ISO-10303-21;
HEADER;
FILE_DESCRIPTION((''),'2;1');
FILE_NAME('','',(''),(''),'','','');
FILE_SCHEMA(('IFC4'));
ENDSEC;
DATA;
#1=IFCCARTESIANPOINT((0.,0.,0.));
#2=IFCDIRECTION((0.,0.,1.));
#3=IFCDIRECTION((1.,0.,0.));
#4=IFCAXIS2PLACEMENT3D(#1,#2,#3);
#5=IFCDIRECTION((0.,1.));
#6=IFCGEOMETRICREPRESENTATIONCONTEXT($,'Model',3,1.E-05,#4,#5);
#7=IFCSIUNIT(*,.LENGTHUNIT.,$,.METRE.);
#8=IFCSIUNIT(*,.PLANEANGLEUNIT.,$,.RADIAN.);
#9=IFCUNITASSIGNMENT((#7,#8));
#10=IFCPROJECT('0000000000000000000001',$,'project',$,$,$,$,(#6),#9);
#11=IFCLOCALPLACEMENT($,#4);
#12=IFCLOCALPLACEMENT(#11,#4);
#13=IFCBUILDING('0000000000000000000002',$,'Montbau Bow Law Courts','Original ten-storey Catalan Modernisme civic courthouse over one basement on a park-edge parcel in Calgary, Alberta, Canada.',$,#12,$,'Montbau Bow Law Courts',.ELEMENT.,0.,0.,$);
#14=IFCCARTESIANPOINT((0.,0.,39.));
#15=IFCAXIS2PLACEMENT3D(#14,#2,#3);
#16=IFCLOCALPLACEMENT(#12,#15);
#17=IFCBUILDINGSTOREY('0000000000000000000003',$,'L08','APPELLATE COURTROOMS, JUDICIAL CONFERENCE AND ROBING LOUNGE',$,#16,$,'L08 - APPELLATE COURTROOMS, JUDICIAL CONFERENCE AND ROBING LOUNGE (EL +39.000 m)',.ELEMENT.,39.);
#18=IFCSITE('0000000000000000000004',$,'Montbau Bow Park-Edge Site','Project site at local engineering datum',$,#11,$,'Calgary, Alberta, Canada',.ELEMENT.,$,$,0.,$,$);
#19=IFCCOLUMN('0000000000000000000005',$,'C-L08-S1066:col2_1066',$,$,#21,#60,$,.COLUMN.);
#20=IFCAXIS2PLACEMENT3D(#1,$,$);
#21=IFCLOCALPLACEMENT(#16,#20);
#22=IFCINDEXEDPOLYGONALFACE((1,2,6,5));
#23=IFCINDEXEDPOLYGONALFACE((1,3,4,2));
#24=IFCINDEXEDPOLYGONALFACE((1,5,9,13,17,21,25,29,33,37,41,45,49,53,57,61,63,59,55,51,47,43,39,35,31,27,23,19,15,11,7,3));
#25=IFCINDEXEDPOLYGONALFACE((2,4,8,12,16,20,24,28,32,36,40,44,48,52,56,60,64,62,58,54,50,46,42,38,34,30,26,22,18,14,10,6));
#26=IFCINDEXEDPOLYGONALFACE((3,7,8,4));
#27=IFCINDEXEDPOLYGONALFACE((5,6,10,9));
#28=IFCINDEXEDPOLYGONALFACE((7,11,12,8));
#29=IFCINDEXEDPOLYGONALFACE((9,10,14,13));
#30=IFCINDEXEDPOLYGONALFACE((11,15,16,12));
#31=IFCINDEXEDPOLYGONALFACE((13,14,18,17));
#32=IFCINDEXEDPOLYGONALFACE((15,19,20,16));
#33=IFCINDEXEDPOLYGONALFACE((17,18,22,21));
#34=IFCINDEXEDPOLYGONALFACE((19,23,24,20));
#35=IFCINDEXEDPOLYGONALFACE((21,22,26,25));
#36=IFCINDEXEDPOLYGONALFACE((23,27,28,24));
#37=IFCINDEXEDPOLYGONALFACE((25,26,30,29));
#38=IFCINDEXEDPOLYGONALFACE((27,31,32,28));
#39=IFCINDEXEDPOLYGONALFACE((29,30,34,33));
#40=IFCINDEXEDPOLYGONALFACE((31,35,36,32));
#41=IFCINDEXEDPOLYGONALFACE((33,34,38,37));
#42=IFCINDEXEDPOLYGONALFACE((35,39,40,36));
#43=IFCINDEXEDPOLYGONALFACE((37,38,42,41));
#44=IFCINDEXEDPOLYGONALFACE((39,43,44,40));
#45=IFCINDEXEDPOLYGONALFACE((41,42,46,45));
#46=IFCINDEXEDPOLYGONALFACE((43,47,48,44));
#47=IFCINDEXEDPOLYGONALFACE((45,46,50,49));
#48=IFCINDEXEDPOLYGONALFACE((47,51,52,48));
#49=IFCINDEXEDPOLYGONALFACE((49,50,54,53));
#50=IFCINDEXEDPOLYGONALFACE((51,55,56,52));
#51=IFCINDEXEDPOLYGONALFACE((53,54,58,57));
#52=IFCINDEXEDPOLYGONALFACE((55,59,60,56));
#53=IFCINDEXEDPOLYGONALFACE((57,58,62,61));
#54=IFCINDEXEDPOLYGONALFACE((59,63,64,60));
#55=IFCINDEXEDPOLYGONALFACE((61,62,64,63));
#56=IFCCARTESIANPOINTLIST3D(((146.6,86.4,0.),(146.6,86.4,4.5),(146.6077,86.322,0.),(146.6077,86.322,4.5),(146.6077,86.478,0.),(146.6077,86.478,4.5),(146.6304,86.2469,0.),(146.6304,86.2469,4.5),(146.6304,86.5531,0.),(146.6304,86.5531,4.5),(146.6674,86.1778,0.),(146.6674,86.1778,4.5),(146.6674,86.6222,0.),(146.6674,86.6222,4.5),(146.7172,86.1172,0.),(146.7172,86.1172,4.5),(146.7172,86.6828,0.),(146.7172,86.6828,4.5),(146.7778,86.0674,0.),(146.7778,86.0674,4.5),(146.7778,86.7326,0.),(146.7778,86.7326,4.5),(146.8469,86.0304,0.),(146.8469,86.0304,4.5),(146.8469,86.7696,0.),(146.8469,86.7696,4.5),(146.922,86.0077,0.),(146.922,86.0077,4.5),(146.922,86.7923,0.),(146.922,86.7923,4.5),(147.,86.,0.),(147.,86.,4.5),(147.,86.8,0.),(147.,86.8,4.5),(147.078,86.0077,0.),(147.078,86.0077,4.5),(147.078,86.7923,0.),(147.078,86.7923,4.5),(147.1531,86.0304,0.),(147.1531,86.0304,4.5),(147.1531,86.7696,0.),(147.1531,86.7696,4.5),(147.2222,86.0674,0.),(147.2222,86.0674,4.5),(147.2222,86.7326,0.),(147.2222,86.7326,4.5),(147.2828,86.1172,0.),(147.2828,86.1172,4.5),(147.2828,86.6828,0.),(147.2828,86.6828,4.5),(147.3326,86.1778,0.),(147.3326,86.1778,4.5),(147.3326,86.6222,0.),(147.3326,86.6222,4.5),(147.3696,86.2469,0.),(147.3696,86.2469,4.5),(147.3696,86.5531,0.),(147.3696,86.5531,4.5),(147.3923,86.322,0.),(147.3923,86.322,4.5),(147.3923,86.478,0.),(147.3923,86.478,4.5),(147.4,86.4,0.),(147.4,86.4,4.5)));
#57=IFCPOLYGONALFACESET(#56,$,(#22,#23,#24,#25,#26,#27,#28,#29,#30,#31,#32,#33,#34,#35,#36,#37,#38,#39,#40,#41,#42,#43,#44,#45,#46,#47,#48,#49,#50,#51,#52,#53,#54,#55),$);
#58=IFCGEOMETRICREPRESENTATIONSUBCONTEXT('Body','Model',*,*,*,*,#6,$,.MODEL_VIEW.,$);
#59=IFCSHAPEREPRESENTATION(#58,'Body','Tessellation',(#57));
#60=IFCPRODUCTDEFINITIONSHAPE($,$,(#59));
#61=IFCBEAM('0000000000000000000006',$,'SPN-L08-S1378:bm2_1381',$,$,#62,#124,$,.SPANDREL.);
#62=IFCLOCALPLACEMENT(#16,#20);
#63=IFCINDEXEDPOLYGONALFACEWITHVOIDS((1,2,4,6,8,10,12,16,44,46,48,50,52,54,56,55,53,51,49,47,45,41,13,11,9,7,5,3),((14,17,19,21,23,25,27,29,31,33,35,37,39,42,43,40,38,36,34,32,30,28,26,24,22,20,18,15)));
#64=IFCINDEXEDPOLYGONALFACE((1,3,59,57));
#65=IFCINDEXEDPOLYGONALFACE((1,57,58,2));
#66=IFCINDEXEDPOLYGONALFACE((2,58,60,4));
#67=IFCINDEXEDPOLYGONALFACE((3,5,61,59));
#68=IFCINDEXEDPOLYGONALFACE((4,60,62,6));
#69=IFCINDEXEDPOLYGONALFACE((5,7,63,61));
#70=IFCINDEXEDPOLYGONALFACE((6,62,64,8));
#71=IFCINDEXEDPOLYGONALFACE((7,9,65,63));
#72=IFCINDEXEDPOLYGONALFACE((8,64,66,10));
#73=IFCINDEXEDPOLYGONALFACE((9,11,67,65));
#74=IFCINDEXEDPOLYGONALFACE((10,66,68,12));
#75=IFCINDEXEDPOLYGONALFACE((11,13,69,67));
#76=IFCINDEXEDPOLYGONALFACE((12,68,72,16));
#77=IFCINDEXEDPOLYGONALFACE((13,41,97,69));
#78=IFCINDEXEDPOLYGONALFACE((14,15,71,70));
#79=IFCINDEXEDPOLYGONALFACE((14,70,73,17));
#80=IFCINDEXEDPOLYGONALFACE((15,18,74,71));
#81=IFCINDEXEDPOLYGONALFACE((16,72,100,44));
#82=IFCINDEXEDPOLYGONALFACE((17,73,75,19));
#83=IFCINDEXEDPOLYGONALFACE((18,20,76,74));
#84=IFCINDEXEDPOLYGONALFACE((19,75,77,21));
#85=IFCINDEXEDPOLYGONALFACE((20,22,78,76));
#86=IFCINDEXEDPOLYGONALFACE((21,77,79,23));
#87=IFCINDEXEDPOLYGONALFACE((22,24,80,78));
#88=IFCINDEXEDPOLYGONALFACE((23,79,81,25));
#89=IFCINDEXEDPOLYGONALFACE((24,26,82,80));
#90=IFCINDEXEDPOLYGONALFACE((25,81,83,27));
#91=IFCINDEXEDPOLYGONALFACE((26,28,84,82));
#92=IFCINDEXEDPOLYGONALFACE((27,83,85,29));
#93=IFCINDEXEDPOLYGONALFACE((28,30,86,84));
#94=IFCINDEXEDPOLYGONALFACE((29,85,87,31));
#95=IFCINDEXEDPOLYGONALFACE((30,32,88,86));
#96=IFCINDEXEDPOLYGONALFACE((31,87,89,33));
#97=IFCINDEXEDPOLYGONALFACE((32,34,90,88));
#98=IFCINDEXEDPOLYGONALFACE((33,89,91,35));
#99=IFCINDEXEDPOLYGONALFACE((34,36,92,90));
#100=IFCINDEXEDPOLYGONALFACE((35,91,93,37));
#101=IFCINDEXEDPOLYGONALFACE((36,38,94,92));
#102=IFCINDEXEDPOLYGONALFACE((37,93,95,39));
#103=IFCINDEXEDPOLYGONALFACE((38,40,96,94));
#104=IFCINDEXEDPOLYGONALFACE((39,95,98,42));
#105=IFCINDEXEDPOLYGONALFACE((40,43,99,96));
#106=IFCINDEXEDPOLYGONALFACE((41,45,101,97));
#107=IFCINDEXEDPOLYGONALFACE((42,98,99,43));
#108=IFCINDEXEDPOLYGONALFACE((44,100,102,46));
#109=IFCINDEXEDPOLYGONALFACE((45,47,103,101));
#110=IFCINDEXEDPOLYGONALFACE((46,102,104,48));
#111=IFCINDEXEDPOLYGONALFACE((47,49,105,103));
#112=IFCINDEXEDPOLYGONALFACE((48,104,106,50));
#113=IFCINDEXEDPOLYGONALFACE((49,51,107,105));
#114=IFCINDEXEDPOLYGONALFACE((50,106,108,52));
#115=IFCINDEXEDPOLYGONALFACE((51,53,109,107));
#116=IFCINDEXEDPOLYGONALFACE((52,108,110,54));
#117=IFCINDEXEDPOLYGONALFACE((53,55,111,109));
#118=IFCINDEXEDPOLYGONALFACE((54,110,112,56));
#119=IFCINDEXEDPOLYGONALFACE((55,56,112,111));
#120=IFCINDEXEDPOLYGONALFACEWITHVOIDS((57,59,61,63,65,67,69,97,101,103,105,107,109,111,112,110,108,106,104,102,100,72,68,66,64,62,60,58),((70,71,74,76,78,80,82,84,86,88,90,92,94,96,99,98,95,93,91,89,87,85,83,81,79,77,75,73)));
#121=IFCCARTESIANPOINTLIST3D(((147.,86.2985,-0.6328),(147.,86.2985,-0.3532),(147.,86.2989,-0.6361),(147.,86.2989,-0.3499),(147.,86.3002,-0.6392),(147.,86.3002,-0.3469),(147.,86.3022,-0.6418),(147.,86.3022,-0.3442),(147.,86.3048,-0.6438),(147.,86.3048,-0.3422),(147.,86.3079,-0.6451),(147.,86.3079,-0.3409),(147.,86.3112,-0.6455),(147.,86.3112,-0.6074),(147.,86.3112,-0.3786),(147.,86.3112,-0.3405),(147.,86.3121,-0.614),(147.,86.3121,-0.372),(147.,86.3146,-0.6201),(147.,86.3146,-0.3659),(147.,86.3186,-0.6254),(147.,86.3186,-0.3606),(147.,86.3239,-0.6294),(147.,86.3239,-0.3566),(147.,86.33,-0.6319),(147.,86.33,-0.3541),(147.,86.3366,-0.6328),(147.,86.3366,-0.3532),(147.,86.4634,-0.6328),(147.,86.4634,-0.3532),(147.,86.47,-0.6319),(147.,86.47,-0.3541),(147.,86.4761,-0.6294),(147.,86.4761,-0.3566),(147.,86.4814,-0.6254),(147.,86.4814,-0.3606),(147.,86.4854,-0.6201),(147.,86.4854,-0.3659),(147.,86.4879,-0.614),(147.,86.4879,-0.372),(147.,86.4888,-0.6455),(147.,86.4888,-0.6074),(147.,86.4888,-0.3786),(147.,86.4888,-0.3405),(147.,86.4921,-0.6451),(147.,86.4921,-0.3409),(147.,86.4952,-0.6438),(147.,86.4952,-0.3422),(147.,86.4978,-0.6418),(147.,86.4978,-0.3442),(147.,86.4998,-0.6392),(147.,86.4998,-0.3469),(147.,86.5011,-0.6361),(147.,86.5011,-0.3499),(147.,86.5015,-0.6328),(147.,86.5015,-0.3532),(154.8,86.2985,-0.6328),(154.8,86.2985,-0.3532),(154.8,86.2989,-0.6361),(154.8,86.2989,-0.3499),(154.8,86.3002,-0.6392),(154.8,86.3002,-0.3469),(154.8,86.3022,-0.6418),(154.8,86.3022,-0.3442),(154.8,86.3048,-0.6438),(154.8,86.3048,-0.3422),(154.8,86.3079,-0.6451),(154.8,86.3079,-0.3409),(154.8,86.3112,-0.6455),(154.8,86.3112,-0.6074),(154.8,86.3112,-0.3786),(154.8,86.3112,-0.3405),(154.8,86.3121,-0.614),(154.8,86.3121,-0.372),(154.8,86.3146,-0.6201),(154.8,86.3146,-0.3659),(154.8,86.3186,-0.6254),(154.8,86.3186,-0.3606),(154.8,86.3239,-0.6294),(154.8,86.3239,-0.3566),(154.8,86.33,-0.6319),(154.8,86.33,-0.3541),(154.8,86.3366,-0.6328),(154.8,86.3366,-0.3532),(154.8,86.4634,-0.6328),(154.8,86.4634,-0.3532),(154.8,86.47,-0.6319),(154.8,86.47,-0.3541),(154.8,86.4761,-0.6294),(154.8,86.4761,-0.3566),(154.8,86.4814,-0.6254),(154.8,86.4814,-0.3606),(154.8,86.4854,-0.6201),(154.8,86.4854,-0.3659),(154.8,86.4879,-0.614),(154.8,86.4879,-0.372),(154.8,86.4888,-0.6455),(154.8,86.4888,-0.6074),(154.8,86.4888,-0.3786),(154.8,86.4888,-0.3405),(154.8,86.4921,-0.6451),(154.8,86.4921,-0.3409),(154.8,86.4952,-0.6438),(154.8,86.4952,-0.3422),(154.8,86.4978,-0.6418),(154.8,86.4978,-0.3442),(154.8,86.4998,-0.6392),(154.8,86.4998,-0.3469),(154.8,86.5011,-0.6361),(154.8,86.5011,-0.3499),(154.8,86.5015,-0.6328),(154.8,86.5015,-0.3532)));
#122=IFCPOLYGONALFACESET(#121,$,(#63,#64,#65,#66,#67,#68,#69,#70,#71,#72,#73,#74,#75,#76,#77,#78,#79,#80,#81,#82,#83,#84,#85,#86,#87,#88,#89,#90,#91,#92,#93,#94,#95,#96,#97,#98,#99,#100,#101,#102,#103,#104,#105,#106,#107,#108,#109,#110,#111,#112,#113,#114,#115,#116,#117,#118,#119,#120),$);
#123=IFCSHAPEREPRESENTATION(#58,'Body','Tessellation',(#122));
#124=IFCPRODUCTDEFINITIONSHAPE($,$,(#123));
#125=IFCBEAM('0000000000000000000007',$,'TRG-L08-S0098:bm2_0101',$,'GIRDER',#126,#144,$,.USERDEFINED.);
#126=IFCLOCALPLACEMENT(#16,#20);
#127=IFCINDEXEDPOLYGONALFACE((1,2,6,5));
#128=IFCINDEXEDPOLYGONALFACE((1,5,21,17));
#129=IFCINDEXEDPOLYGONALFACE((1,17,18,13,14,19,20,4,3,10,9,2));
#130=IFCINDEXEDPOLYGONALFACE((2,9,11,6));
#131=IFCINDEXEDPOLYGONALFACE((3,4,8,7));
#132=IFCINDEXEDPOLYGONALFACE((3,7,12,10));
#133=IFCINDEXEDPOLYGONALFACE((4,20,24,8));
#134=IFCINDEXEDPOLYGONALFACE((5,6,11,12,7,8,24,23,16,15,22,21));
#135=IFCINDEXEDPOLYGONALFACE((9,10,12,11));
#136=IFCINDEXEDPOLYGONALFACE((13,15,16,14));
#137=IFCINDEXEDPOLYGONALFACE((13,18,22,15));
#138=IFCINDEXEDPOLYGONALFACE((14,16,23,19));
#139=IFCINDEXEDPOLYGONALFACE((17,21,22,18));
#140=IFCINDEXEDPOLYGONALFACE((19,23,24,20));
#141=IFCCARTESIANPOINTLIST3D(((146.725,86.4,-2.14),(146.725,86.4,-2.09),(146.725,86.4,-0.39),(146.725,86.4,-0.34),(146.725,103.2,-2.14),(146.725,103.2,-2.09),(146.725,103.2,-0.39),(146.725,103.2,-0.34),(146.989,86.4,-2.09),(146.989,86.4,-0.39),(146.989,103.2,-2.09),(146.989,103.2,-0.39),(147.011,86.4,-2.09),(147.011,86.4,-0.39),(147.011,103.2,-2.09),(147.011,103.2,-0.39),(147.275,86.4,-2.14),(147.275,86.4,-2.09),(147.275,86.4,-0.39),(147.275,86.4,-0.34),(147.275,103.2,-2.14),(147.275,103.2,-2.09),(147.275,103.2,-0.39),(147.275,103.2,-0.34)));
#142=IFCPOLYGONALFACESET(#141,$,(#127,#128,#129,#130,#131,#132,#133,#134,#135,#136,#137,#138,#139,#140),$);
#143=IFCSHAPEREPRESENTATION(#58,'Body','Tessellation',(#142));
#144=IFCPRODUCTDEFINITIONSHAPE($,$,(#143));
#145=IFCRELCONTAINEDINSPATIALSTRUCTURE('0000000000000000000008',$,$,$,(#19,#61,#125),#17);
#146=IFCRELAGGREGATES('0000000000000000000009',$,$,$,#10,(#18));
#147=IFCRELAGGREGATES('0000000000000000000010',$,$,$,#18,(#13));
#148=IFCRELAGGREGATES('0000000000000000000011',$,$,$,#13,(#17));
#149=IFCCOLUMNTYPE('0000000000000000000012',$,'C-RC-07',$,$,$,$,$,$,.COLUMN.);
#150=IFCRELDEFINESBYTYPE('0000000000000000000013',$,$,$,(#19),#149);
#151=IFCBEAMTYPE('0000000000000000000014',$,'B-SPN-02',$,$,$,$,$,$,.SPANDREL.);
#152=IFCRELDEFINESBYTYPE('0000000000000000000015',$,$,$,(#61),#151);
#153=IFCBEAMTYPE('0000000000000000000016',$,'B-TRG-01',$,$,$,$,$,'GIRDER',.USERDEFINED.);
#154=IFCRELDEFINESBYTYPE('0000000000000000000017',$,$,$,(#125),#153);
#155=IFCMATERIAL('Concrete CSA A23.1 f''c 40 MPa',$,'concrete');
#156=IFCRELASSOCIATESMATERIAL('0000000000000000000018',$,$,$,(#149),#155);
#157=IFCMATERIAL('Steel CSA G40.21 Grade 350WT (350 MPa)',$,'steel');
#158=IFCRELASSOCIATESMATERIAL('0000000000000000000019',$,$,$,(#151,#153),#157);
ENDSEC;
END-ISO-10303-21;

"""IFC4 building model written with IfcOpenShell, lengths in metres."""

from ifc_helpers import new_model, si_unit, direction, frame, origin_with_axes, origin_2d_with_axis, place, context, subcontext, project, spatial, hollow_rectangle, circle, i_section, extrude, material, material_profile, profile_set, type_object, element, save


model = new_model("IFC4")

# Units and contexts
model_context = context("Model", 3, precision=1e-05, world=origin_with_axes(), true_north=direction((0.0, 1.0)))
body_context = subcontext(model_context, "Body", "Model", "MODEL_VIEW")
ifc_project = project(units=[si_unit("LENGTHUNIT", "METRE"), si_unit("PLANEANGLEUNIT", "RADIAN")], contexts=[model_context])

# Site, building, storey
site_placement = place(None, origin_with_axes())
site = spatial("IfcSite", under=ifc_project, at=site_placement, Name="Montbau Bow Park-Edge Site", Description="Project site at local engineering datum", LongName="Calgary, Alberta, Canada", CompositionType="ELEMENT", RefElevation=0.0)
building_placement = place(site_placement, origin_with_axes())
building = spatial("IfcBuilding", under=site, at=building_placement, Name="Montbau Bow Law Courts", Description="Original ten-storey Catalan Modernisme civic courthouse over one basement on a park-edge parcel in Calgary, Alberta, Canada.", LongName="Montbau Bow Law Courts", CompositionType="ELEMENT", ElevationOfRefHeight=0.0, ElevationOfTerrain=0.0)
storey_placement = place(building_placement, frame((0.0, 0.0, 39.0), z_axis=(0.0, 0.0, 1.0), x_axis=(1.0, 0.0, 0.0)))
storey = spatial("IfcBuildingStorey", under=building, at=storey_placement, Name="L08", Description="APPELLATE COURTROOMS, JUDICIAL CONFERENCE AND ROBING LOUNGE", LongName="L08 - APPELLATE COURTROOMS, JUDICIAL CONFERENCE AND ROBING LOUNGE (EL +39.000 m)", CompositionType="ELEMENT", Elevation=39.0)

# Column
ifc_material_1 = material(Name="Concrete CSA A23.1 f'c 40 MPa", Category="concrete")
ifc_material_profile_1 = material_profile(ifc_material_1, circle(Radius=0.4, at=origin_2d_with_axis()), Name="RC800D", Category="Main", Priority=0)
ifc_profile_set_1 = profile_set([ifc_material_profile_1], Name="Concrete CSA A23.1 f'c 40 MPa")
column_type = type_object("IfcColumnType", Name="C-RC-07", PredefinedType="COLUMN", material=ifc_profile_set_1)
column_placement = place(None, frame((147.0, 86.4, 39.0), z_axis=(0.0, 0.0, 1.0), x_axis=(1.0, 0.0, 0.0)))
element("IfcColumn", 1, at=column_placement, inside=storey, type_object=column_type, Name="C-L08-S1066:col2_1066", PredefinedType="COLUMN", context=body_context, shape_type="SweptSolid", body=[
    extrude(circle(Radius=0.4, at=origin_2d_with_axis()), origin_with_axes(), (0.0, 0.0, 1.0), 4.5),
])

# Beams
ifc_material_2 = material(Name="Steel CSA G40.21 Grade 350WT (350 MPa)", Category="steel")
ifc_material_profile_2 = material_profile(ifc_material_2, hollow_rectangle(XDim=0.203, YDim=0.305, WallThickness=0.0127, InnerFilletRadius=0.0254, OuterFilletRadius=0.0127, at=origin_2d_with_axis()), Name="HSS305X203X13", Category="Main", Priority=0)
ifc_profile_set_2 = profile_set([ifc_material_profile_2], Name="Steel CSA G40.21 Grade 350WT (350 MPa)")
beam_type_1 = type_object("IfcBeamType", Name="B-SPN-02", PredefinedType="SPANDREL", material=ifc_profile_set_2)
beam_1_placement = place(None, frame((147.0, 86.4, 38.507), z_axis=(1.0, 0.0, 0.0), x_axis=(0.0, 1.0, 0.0)))
element("IfcBeam", 2, at=beam_1_placement, inside=storey, type_object=beam_type_1, Name="SPN-L08-S1378:bm2_1381", PredefinedType="SPANDREL", context=body_context, shape_type="SweptSolid", body=[
    extrude(hollow_rectangle(XDim=0.203, YDim=0.305, WallThickness=0.0127, InnerFilletRadius=0.0254, OuterFilletRadius=0.0127, at=origin_2d_with_axis()), origin_with_axes(), (0.0, 0.0, 1.0), 7.8),
])
ifc_material_profile_3 = material_profile(ifc_material_2, i_section(OverallWidth=0.55, OverallDepth=1.8, WebThickness=0.022, FlangeThickness=0.05, at=origin_2d_with_axis()), Name="WWF1800X550", Category="Main", Priority=0)
ifc_profile_set_3 = profile_set([ifc_material_profile_3], Name="Steel CSA G40.21 Grade 350WT (350 MPa)")
beam_type_2 = type_object("IfcBeamType", Name="B-TRG-01", ElementType="GIRDER", PredefinedType="USERDEFINED", material=ifc_profile_set_3)
beam_2_placement = place(None, frame((147.0, 86.4, 37.76), z_axis=(0.0, 1.0, 0.0), x_axis=(-1.0, 0.0, 0.0)))
element("IfcBeam", 3, at=beam_2_placement, inside=storey, type_object=beam_type_2, Name="TRG-L08-S0098:bm2_0101", ObjectType="GIRDER", PredefinedType="USERDEFINED", context=body_context, shape_type="SweptSolid", body=[
    extrude(i_section(OverallWidth=0.55, OverallDepth=1.8, WebThickness=0.022, FlangeThickness=0.05, at=origin_2d_with_axis()), origin_with_axes(), (0.0, 0.0, 1.0), 16.8),
])

save(model, "model.ifc")
